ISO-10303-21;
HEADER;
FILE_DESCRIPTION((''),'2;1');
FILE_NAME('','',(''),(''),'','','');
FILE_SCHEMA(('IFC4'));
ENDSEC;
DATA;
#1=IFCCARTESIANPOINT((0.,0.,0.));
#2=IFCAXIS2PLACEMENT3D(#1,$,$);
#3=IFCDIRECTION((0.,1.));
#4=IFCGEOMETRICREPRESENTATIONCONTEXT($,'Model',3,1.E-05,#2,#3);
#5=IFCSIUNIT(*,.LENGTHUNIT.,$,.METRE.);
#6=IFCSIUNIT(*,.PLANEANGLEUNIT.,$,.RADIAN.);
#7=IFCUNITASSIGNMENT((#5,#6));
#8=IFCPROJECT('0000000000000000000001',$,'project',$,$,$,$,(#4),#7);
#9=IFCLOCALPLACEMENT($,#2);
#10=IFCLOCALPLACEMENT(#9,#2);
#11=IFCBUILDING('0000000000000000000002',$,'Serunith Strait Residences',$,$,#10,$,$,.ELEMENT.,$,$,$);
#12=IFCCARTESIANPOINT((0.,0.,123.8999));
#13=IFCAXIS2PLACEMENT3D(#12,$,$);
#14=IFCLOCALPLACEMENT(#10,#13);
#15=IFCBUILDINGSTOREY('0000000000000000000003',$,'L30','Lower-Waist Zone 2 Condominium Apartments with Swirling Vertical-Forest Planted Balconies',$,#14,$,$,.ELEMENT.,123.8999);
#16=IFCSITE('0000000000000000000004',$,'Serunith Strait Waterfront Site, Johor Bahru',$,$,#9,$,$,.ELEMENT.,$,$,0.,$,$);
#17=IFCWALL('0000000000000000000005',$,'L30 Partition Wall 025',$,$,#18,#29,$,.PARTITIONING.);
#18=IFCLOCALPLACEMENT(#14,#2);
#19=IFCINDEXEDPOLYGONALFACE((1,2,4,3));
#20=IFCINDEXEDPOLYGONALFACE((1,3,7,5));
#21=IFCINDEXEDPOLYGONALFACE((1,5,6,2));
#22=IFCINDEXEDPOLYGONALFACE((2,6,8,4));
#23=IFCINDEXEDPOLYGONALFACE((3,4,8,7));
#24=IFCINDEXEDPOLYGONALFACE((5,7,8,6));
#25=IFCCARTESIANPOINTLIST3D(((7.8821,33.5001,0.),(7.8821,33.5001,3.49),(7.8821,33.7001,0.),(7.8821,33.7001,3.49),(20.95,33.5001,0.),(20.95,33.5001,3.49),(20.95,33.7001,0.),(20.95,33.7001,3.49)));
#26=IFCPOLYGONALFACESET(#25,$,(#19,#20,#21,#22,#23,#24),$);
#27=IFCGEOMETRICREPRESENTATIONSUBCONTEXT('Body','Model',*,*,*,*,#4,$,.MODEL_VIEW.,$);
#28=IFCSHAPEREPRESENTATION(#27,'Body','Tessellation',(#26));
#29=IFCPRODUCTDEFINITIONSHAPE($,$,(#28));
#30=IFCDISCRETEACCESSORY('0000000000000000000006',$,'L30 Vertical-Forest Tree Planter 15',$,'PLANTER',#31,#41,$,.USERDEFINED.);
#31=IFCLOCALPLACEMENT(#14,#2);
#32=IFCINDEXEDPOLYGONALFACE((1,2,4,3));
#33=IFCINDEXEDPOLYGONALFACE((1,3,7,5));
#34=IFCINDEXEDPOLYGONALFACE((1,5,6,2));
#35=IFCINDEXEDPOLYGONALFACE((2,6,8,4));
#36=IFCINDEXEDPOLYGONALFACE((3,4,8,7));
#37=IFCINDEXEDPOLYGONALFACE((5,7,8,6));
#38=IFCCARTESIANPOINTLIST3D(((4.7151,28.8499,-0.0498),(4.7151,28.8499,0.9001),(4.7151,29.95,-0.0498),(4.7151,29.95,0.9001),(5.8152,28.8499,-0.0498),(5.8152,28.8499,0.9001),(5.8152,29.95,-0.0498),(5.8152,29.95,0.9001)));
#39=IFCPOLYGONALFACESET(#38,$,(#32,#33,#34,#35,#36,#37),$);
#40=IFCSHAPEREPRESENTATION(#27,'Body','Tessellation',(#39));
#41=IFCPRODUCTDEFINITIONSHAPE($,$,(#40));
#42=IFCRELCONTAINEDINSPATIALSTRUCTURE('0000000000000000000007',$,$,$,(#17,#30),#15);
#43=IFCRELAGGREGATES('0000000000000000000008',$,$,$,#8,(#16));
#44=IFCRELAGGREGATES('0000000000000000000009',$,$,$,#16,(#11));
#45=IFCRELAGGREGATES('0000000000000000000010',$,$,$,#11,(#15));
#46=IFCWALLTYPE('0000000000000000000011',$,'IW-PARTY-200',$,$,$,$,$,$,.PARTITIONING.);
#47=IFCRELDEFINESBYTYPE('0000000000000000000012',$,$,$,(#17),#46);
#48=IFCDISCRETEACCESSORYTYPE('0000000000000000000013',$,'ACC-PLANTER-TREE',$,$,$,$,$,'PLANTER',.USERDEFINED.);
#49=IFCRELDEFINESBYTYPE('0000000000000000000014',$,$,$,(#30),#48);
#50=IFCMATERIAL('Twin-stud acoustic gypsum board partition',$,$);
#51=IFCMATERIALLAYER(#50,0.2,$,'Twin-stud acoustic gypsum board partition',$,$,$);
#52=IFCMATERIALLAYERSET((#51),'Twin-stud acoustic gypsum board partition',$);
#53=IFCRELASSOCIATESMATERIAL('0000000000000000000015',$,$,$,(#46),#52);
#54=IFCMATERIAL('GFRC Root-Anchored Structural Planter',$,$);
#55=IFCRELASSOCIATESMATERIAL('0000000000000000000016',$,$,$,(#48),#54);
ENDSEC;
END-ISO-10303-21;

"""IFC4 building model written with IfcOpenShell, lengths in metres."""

from ifc_helpers import new_model, si_unit, direction, frame, frame_2d, origin, origin_2d, place, context, subcontext, project, spatial, rectangle, extrude, source, transform, mapped, material, layer, layer_set, type_object, element, save


model = new_model("IFC4")

# Units and contexts
model_context = context("Model", 3, precision=1e-05, world=origin(), true_north=direction((0.0, 1.0)))
body_context = subcontext(model_context, "Body", "Model", "MODEL_VIEW")
ifc_project = project(units=[si_unit("LENGTHUNIT", "METRE"), si_unit("PLANEANGLEUNIT", "RADIAN")], contexts=[model_context])

# Site, building, storey
site_placement = place(None, origin())
site = spatial("IfcSite", under=ifc_project, at=site_placement, Name="Serunith Strait Waterfront Site, Johor Bahru", CompositionType="ELEMENT", RefElevation=0.0)
building_placement = place(site_placement, origin())
building = spatial("IfcBuilding", under=site, at=building_placement, Name="Serunith Strait Residences", CompositionType="ELEMENT")
storey_placement = place(building_placement, frame((0.0, 0.0, 123.8999)))
storey = spatial("IfcBuildingStorey", under=building, at=storey_placement, Name="L30", Description="Lower-Waist Zone 2 Condominium Apartments with Swirling Vertical-Forest Planted Balconies", CompositionType="ELEMENT", Elevation=123.8999)

# Wall
ifc_material_1 = material(Name="Twin-stud acoustic gypsum board partition")
ifc_layer_1 = layer(ifc_material_1, 0.2, Name="Twin-stud acoustic gypsum board partition")
ifc_layer_set_1 = layer_set([ifc_layer_1], Name="Twin-stud acoustic gypsum board partition")
wall_type_1 = type_object("IfcWallType", Name="IW-PARTY-200", PredefinedType="PARTITIONING", material=ifc_layer_set_1)
wall_1_placement = place(storey_placement, frame((7.8821, 33.6001, 0.0), z_axis=(0.0, 0.0, 1.0), x_axis=(1.0, 0.0, 0.0)))
element("IfcWall", 1, at=wall_1_placement, inside=storey, type_object=wall_type_1, Name="L30 Partition Wall 025", PredefinedType="PARTITIONING", context=body_context, shape_type="SweptSolid", body=[
    extrude(rectangle(XDim=13.0679, YDim=0.2, at=frame_2d((6.5339, 0.0))), origin(), (0.0, 0.0, 1.0), 3.49),
])

# Discrete accessory
ifc_material_2 = material(Name="GFRC Root-Anchored Structural Planter")
discrete_accessory_type = type_object("IfcDiscreteAccessoryType", Name="ACC-PLANTER-TREE", ElementType="PLANTER", PredefinedType="USERDEFINED", material=ifc_material_2)
shared_shape_1 = source(origin(), body_context, "Body", "SweptSolid", [
    extrude(rectangle(XDim=1.1001, YDim=1.1001, at=origin_2d()), origin(), (0.0, 0.0, 1.0), 0.95),
])
discrete_accessory_placement = place(storey_placement, frame((5.2651, 29.3999, -0.0498), z_axis=(0.0, 0.0, 1.0), x_axis=(0.0, -1.0, 0.0)))
element("IfcDiscreteAccessory", 2, at=discrete_accessory_placement, inside=storey, type_object=discrete_accessory_type, Name="L30 Vertical-Forest Tree Planter 15", ObjectType="PLANTER", PredefinedType="USERDEFINED", context=body_context, shape_type="MappedRepresentation", body=[
    mapped(shared_shape_1, transform((0.0, 0.0, 0.0), scale=1.0)),
])

save(model, "model.ifc")
